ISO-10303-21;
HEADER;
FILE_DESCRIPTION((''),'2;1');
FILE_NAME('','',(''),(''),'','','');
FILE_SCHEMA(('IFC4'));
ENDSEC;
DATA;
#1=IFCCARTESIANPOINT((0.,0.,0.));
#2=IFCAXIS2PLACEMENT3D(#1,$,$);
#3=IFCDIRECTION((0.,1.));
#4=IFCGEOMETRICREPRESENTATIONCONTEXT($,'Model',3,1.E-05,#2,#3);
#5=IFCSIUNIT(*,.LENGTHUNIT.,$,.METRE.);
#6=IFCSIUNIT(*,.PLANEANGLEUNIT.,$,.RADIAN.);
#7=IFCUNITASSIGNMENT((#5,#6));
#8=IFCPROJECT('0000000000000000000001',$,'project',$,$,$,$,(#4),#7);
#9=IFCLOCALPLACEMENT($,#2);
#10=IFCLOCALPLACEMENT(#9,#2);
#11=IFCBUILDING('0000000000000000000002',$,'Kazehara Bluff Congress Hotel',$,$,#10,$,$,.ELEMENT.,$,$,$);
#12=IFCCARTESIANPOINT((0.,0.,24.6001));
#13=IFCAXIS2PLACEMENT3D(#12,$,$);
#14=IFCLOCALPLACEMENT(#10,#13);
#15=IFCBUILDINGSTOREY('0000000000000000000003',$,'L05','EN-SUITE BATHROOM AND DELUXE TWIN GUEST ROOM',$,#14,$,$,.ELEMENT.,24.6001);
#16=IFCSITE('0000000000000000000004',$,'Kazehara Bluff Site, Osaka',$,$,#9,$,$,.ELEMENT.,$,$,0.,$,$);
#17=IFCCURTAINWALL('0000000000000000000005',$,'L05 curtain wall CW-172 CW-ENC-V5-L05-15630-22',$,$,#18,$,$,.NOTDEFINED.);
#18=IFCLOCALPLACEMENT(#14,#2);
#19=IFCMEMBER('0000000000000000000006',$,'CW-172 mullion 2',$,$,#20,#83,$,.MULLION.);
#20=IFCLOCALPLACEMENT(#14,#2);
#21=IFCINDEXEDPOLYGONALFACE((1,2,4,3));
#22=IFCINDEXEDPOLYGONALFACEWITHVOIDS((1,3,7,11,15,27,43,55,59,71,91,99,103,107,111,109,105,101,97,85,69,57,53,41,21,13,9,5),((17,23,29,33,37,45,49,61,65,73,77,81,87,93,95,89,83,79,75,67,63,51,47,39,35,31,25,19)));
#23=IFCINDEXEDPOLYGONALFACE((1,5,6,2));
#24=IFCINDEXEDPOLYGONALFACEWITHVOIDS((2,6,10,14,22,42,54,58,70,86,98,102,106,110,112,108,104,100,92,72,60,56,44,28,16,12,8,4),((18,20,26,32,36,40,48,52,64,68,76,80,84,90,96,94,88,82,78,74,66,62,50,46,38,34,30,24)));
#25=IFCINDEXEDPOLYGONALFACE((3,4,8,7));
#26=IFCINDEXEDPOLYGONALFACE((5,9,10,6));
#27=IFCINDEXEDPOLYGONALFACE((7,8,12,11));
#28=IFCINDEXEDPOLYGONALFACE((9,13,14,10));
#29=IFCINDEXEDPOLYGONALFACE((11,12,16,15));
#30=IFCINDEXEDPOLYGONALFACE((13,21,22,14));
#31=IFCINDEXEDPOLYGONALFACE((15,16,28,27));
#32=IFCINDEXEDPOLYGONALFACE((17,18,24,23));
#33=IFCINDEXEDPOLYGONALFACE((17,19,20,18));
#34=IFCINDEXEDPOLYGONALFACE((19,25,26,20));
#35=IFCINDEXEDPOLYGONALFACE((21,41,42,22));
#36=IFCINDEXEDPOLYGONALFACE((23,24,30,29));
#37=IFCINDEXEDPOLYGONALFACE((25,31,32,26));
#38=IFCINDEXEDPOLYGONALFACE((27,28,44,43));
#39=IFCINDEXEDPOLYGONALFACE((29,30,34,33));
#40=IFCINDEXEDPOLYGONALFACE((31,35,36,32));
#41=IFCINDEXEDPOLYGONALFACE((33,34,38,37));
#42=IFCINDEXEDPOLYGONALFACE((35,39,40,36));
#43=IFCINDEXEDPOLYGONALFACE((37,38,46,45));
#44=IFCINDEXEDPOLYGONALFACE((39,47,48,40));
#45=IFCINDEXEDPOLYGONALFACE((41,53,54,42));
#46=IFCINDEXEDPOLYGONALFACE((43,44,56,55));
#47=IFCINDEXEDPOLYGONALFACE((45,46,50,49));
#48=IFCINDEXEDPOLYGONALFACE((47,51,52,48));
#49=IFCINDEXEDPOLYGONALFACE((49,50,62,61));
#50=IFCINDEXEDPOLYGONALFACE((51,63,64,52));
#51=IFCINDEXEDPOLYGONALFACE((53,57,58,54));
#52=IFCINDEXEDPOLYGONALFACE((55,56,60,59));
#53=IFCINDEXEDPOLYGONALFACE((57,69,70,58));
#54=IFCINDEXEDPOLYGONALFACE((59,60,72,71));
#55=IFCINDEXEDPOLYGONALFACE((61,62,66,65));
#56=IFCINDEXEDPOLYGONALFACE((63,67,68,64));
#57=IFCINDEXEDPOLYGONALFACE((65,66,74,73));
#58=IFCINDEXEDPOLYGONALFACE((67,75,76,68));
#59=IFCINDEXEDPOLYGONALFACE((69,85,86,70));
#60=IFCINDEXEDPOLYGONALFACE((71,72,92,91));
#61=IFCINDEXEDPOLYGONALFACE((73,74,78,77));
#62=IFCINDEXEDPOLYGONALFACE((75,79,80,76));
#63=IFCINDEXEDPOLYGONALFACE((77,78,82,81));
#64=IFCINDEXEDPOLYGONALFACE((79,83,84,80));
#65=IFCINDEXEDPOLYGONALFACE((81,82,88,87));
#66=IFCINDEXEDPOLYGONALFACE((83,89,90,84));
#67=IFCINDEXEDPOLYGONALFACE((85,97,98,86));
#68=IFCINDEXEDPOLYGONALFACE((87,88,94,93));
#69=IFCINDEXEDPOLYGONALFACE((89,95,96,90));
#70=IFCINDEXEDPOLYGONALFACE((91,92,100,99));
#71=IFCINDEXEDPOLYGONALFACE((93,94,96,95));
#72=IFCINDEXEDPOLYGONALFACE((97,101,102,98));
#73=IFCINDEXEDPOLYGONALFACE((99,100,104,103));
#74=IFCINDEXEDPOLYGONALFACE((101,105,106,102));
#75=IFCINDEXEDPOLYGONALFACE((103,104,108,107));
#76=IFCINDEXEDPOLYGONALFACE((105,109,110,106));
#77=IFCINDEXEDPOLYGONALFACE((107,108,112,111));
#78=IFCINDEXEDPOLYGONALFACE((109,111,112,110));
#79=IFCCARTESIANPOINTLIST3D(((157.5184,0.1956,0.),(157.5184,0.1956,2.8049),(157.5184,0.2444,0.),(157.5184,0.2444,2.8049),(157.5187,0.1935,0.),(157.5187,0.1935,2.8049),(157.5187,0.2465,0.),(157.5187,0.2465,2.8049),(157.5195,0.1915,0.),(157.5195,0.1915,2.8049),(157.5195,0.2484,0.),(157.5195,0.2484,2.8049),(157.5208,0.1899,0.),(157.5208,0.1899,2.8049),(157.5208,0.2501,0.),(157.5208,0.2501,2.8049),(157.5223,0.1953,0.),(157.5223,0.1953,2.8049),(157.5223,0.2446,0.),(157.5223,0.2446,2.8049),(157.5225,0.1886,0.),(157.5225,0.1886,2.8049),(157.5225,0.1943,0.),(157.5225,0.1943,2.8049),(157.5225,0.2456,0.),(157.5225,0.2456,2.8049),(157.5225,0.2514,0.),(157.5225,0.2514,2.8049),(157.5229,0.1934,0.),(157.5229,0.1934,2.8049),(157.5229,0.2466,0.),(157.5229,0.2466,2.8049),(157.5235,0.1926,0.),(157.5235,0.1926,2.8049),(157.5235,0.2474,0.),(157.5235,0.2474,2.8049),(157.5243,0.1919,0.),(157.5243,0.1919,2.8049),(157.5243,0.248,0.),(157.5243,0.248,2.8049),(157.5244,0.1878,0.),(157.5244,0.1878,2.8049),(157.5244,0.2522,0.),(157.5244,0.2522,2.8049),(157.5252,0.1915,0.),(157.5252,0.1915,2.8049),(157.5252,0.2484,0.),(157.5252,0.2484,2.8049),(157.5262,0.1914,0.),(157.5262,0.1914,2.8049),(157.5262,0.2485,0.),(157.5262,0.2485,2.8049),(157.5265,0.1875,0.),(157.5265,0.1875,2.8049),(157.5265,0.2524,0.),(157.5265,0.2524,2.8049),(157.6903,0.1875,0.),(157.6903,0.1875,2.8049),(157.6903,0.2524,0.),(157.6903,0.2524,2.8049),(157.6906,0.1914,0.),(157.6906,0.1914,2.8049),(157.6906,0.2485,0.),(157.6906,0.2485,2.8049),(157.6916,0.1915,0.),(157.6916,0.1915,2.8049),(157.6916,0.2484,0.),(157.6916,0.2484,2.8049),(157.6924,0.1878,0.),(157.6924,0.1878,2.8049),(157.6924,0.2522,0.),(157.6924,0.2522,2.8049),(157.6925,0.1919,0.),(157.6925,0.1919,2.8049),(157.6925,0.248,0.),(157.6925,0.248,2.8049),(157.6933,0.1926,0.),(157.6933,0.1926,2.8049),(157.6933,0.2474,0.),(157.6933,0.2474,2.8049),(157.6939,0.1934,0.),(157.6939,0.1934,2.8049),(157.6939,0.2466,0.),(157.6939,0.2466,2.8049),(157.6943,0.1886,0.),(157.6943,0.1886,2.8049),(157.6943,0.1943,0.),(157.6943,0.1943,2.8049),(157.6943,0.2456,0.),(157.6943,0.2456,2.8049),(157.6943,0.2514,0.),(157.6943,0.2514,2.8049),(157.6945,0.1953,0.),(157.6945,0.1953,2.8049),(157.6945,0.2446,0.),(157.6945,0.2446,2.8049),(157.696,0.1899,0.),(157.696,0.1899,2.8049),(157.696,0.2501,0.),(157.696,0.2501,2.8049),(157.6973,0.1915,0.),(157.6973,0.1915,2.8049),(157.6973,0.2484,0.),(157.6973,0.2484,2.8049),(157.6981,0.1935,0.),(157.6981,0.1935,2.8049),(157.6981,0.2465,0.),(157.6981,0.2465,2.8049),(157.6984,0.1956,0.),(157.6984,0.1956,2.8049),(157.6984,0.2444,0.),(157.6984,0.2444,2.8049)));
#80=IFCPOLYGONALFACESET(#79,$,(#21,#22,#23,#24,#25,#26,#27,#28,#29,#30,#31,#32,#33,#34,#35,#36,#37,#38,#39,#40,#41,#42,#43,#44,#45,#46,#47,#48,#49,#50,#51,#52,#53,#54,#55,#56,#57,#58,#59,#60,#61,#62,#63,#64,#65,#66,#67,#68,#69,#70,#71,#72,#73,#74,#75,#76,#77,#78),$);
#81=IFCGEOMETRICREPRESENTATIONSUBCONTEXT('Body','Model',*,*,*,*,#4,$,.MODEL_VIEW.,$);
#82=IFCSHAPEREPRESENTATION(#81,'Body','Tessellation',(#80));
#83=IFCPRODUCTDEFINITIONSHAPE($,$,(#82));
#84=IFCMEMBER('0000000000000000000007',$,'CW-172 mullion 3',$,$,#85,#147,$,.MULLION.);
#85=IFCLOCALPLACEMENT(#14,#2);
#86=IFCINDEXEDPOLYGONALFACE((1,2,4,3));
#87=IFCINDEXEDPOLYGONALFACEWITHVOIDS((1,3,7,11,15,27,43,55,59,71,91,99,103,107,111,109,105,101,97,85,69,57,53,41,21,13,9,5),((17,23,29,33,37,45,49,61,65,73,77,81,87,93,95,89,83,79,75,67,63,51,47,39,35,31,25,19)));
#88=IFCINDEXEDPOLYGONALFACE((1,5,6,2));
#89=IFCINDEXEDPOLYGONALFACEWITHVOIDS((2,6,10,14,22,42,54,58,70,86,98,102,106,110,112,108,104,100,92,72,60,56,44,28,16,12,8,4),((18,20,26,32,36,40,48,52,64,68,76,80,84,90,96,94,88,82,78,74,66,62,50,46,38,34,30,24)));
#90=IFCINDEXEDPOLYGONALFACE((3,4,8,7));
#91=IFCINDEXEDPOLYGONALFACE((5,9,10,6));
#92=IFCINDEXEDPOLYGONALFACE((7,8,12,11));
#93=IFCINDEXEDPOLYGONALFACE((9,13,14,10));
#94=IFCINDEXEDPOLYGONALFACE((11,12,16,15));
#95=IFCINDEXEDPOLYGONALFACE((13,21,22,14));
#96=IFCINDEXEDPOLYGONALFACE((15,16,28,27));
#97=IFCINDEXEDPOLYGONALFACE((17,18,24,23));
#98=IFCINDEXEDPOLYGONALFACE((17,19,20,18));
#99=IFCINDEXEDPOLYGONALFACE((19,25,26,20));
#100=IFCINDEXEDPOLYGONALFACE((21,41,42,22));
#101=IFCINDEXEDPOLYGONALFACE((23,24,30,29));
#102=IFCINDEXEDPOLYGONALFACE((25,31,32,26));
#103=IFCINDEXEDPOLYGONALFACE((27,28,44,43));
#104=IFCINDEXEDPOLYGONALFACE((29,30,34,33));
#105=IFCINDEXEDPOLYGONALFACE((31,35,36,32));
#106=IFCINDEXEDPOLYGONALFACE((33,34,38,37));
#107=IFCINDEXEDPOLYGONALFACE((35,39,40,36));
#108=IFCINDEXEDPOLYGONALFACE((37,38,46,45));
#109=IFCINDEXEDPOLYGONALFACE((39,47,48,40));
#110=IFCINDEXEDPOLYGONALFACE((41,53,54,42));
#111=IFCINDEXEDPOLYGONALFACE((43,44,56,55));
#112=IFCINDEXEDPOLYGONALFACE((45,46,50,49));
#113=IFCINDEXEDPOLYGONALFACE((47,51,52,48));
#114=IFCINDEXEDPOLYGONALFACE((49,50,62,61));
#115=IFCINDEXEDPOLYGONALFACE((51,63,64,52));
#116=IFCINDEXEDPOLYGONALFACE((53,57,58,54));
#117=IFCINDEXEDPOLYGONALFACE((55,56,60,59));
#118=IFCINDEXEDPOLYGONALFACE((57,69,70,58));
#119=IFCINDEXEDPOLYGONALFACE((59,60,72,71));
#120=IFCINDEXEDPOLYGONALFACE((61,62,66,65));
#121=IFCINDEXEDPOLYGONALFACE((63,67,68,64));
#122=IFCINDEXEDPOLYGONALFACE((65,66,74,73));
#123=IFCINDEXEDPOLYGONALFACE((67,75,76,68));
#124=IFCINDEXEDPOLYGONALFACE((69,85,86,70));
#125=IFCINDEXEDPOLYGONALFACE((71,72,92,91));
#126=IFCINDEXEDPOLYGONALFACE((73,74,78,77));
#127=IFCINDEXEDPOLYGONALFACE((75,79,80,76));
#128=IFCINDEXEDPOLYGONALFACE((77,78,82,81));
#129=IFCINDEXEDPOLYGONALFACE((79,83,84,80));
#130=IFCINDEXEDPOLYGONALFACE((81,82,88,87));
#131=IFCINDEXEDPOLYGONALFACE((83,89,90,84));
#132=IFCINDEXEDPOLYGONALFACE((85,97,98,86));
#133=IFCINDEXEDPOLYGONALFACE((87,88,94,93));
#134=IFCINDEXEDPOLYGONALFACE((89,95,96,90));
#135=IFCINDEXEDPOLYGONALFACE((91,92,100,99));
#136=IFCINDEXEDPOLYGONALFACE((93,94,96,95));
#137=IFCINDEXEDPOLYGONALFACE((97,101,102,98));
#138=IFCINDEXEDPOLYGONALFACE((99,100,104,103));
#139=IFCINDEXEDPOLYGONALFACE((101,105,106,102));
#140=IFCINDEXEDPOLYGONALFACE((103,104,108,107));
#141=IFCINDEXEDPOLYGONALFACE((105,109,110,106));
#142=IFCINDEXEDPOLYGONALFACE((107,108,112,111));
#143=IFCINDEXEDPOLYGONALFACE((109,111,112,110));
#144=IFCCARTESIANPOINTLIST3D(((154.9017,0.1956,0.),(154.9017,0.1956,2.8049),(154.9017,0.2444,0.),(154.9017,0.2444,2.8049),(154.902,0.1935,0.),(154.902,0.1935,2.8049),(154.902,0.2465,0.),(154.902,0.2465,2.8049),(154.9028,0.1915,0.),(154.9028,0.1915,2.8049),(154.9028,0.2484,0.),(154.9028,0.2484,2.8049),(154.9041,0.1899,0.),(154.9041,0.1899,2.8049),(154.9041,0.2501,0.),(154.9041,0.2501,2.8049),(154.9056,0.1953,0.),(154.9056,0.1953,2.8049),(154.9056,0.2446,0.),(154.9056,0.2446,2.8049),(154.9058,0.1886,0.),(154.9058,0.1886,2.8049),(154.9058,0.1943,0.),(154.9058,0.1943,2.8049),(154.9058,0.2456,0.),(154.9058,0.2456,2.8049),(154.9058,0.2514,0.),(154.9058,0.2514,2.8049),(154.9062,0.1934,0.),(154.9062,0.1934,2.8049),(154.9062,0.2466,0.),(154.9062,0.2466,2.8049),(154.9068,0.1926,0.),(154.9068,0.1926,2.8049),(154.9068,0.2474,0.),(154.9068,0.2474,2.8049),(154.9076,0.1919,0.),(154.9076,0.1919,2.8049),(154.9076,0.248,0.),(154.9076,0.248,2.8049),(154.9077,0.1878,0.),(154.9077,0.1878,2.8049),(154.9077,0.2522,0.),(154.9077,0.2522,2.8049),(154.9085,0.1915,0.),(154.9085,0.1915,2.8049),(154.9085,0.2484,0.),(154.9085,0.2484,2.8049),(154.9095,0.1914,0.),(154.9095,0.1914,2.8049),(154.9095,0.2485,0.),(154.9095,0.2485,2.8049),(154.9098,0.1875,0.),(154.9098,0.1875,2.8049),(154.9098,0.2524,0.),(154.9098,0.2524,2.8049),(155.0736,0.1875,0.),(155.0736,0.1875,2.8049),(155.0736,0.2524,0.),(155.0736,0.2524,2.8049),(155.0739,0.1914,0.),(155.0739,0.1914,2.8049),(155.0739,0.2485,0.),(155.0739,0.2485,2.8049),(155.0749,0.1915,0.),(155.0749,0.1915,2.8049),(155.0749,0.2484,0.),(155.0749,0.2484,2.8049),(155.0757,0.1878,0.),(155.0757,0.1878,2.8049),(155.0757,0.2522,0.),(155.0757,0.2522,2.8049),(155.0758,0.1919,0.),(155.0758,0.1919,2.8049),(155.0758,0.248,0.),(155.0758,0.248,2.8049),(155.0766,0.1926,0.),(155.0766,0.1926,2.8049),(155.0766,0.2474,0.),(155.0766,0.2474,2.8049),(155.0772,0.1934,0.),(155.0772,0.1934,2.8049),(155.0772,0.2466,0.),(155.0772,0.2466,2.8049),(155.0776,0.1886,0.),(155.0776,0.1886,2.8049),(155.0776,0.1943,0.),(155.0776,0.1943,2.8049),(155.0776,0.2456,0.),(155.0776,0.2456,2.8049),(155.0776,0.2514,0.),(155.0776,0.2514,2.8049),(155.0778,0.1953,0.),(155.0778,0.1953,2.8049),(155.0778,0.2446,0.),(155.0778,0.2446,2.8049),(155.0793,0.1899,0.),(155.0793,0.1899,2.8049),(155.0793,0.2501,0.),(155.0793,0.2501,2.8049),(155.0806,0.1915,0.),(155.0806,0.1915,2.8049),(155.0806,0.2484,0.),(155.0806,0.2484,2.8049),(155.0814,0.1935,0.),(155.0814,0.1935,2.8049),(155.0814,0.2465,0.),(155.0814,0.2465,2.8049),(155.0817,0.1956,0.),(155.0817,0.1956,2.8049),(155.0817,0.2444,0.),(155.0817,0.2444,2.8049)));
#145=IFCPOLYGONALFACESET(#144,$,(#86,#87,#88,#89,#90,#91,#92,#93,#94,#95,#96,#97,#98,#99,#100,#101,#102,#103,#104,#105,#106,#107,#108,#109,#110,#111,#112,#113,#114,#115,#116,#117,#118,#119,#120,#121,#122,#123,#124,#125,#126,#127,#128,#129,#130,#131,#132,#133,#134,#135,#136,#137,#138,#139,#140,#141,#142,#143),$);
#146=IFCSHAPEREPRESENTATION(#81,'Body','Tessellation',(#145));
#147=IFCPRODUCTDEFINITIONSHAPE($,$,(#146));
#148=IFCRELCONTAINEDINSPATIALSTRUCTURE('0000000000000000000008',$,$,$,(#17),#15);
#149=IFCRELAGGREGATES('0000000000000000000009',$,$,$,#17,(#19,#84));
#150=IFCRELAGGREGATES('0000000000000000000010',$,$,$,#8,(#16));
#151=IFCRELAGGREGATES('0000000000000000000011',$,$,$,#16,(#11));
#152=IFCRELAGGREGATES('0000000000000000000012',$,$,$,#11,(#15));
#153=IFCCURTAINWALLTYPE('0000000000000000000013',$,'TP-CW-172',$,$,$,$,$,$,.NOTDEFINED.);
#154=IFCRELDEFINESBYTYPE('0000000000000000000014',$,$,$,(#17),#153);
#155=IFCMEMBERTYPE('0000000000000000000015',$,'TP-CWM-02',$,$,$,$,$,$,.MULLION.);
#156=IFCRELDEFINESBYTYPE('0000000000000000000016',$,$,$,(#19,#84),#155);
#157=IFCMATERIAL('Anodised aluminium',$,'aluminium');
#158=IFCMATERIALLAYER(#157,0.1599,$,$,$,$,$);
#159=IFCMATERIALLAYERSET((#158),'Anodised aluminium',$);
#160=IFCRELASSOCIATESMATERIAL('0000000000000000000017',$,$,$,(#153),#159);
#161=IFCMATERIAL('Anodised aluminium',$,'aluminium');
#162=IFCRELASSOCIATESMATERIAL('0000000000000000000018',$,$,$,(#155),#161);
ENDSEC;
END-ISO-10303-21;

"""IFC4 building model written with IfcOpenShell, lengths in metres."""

from ifc_helpers import new_model, si_unit, direction, frame, origin, origin_2d, place, context, subcontext, project, spatial, hollow_rectangle, extrude, material, layer, layer_set, material_profile, profile_set, type_object, element, aggregate, save


model = new_model("IFC4")

# Units and contexts
model_context = context("Model", 3, precision=1e-05, world=origin(), true_north=direction((0.0, 1.0)))
body_context = subcontext(model_context, "Body", "Model", "MODEL_VIEW")
ifc_project = project(units=[si_unit("LENGTHUNIT", "METRE"), si_unit("PLANEANGLEUNIT", "RADIAN")], contexts=[model_context])

# Site, building, storey
site_placement = place(None, origin())
site = spatial("IfcSite", under=ifc_project, at=site_placement, Name="Kazehara Bluff Site, Osaka", CompositionType="ELEMENT", RefElevation=0.0)
building_placement = place(site_placement, origin())
building = spatial("IfcBuilding", under=site, at=building_placement, Name="Kazehara Bluff Congress Hotel", CompositionType="ELEMENT")
storey_placement = place(building_placement, frame((0.0, 0.0, 24.6001)))
storey = spatial("IfcBuildingStorey", under=building, at=storey_placement, Name="L05", Description="EN-SUITE BATHROOM AND DELUXE TWIN GUEST ROOM", CompositionType="ELEMENT", Elevation=24.6001)

# Curtain wall, members
ifc_material_1 = material(Name="Anodised aluminium", Category="aluminium")
ifc_layer_1 = layer(ifc_material_1, 0.1599)
ifc_layer_set_1 = layer_set([ifc_layer_1], Name="Anodised aluminium")
curtain_wall_type = type_object("IfcCurtainWallType", Name="TP-CW-172", PredefinedType="NOTDEFINED", material=ifc_layer_set_1)
curtain_wall_placement = place(storey_placement, origin())
curtain_wall = element("IfcCurtainWall", 1, at=curtain_wall_placement, inside=storey, type_object=curtain_wall_type, Name="L05 curtain wall CW-172 CW-ENC-V5-L05-15630-22", PredefinedType="NOTDEFINED")
ifc_material_2 = material(Name="Anodised aluminium", Category="aluminium")
ifc_material_profile_1 = material_profile(ifc_material_2, hollow_rectangle(XDim=0.0649, YDim=0.1799, WallThickness=0.0039, InnerFilletRadius=0.0039, OuterFilletRadius=0.0081, at=origin_2d()))
ifc_profile_set_1 = profile_set([ifc_material_profile_1], Name="Anodised aluminium")
member_type_1 = type_object("IfcMemberType", Name="TP-CWM-02", PredefinedType="MULLION", material=ifc_profile_set_1)
member_1_placement = place(storey_placement, frame((157.6084, 0.22, 0.0), z_axis=(0.0, 0.0, 1.0), x_axis=(0.0, -1.0, 0.0)))
member_1 = element("IfcMember", 2, at=member_1_placement, type_object=member_type_1, Name="CW-172 mullion 2", PredefinedType="MULLION", context=body_context, shape_type="SweptSolid", body=[
    extrude(hollow_rectangle(XDim=0.0649, YDim=0.1799, WallThickness=0.0039, InnerFilletRadius=0.0039, OuterFilletRadius=0.0081, at=origin_2d()), origin(), (0.0, 0.0, 1.0), 2.8049),
])
member_2_placement = place(storey_placement, frame((154.9917, 0.22, 0.0), z_axis=(0.0, 0.0, 1.0), x_axis=(0.0, -1.0, 0.0)))
member_2 = element("IfcMember", 3, at=member_2_placement, type_object=member_type_1, Name="CW-172 mullion 3", PredefinedType="MULLION", context=body_context, shape_type="SweptSolid", body=[
    extrude(hollow_rectangle(XDim=0.0649, YDim=0.1799, WallThickness=0.0039, InnerFilletRadius=0.0039, OuterFilletRadius=0.0081, at=origin_2d()), origin(), (0.0, 0.0, 1.0), 2.8049),
])
aggregate(curtain_wall, [member_1, member_2])

save(model, "model.ifc")
